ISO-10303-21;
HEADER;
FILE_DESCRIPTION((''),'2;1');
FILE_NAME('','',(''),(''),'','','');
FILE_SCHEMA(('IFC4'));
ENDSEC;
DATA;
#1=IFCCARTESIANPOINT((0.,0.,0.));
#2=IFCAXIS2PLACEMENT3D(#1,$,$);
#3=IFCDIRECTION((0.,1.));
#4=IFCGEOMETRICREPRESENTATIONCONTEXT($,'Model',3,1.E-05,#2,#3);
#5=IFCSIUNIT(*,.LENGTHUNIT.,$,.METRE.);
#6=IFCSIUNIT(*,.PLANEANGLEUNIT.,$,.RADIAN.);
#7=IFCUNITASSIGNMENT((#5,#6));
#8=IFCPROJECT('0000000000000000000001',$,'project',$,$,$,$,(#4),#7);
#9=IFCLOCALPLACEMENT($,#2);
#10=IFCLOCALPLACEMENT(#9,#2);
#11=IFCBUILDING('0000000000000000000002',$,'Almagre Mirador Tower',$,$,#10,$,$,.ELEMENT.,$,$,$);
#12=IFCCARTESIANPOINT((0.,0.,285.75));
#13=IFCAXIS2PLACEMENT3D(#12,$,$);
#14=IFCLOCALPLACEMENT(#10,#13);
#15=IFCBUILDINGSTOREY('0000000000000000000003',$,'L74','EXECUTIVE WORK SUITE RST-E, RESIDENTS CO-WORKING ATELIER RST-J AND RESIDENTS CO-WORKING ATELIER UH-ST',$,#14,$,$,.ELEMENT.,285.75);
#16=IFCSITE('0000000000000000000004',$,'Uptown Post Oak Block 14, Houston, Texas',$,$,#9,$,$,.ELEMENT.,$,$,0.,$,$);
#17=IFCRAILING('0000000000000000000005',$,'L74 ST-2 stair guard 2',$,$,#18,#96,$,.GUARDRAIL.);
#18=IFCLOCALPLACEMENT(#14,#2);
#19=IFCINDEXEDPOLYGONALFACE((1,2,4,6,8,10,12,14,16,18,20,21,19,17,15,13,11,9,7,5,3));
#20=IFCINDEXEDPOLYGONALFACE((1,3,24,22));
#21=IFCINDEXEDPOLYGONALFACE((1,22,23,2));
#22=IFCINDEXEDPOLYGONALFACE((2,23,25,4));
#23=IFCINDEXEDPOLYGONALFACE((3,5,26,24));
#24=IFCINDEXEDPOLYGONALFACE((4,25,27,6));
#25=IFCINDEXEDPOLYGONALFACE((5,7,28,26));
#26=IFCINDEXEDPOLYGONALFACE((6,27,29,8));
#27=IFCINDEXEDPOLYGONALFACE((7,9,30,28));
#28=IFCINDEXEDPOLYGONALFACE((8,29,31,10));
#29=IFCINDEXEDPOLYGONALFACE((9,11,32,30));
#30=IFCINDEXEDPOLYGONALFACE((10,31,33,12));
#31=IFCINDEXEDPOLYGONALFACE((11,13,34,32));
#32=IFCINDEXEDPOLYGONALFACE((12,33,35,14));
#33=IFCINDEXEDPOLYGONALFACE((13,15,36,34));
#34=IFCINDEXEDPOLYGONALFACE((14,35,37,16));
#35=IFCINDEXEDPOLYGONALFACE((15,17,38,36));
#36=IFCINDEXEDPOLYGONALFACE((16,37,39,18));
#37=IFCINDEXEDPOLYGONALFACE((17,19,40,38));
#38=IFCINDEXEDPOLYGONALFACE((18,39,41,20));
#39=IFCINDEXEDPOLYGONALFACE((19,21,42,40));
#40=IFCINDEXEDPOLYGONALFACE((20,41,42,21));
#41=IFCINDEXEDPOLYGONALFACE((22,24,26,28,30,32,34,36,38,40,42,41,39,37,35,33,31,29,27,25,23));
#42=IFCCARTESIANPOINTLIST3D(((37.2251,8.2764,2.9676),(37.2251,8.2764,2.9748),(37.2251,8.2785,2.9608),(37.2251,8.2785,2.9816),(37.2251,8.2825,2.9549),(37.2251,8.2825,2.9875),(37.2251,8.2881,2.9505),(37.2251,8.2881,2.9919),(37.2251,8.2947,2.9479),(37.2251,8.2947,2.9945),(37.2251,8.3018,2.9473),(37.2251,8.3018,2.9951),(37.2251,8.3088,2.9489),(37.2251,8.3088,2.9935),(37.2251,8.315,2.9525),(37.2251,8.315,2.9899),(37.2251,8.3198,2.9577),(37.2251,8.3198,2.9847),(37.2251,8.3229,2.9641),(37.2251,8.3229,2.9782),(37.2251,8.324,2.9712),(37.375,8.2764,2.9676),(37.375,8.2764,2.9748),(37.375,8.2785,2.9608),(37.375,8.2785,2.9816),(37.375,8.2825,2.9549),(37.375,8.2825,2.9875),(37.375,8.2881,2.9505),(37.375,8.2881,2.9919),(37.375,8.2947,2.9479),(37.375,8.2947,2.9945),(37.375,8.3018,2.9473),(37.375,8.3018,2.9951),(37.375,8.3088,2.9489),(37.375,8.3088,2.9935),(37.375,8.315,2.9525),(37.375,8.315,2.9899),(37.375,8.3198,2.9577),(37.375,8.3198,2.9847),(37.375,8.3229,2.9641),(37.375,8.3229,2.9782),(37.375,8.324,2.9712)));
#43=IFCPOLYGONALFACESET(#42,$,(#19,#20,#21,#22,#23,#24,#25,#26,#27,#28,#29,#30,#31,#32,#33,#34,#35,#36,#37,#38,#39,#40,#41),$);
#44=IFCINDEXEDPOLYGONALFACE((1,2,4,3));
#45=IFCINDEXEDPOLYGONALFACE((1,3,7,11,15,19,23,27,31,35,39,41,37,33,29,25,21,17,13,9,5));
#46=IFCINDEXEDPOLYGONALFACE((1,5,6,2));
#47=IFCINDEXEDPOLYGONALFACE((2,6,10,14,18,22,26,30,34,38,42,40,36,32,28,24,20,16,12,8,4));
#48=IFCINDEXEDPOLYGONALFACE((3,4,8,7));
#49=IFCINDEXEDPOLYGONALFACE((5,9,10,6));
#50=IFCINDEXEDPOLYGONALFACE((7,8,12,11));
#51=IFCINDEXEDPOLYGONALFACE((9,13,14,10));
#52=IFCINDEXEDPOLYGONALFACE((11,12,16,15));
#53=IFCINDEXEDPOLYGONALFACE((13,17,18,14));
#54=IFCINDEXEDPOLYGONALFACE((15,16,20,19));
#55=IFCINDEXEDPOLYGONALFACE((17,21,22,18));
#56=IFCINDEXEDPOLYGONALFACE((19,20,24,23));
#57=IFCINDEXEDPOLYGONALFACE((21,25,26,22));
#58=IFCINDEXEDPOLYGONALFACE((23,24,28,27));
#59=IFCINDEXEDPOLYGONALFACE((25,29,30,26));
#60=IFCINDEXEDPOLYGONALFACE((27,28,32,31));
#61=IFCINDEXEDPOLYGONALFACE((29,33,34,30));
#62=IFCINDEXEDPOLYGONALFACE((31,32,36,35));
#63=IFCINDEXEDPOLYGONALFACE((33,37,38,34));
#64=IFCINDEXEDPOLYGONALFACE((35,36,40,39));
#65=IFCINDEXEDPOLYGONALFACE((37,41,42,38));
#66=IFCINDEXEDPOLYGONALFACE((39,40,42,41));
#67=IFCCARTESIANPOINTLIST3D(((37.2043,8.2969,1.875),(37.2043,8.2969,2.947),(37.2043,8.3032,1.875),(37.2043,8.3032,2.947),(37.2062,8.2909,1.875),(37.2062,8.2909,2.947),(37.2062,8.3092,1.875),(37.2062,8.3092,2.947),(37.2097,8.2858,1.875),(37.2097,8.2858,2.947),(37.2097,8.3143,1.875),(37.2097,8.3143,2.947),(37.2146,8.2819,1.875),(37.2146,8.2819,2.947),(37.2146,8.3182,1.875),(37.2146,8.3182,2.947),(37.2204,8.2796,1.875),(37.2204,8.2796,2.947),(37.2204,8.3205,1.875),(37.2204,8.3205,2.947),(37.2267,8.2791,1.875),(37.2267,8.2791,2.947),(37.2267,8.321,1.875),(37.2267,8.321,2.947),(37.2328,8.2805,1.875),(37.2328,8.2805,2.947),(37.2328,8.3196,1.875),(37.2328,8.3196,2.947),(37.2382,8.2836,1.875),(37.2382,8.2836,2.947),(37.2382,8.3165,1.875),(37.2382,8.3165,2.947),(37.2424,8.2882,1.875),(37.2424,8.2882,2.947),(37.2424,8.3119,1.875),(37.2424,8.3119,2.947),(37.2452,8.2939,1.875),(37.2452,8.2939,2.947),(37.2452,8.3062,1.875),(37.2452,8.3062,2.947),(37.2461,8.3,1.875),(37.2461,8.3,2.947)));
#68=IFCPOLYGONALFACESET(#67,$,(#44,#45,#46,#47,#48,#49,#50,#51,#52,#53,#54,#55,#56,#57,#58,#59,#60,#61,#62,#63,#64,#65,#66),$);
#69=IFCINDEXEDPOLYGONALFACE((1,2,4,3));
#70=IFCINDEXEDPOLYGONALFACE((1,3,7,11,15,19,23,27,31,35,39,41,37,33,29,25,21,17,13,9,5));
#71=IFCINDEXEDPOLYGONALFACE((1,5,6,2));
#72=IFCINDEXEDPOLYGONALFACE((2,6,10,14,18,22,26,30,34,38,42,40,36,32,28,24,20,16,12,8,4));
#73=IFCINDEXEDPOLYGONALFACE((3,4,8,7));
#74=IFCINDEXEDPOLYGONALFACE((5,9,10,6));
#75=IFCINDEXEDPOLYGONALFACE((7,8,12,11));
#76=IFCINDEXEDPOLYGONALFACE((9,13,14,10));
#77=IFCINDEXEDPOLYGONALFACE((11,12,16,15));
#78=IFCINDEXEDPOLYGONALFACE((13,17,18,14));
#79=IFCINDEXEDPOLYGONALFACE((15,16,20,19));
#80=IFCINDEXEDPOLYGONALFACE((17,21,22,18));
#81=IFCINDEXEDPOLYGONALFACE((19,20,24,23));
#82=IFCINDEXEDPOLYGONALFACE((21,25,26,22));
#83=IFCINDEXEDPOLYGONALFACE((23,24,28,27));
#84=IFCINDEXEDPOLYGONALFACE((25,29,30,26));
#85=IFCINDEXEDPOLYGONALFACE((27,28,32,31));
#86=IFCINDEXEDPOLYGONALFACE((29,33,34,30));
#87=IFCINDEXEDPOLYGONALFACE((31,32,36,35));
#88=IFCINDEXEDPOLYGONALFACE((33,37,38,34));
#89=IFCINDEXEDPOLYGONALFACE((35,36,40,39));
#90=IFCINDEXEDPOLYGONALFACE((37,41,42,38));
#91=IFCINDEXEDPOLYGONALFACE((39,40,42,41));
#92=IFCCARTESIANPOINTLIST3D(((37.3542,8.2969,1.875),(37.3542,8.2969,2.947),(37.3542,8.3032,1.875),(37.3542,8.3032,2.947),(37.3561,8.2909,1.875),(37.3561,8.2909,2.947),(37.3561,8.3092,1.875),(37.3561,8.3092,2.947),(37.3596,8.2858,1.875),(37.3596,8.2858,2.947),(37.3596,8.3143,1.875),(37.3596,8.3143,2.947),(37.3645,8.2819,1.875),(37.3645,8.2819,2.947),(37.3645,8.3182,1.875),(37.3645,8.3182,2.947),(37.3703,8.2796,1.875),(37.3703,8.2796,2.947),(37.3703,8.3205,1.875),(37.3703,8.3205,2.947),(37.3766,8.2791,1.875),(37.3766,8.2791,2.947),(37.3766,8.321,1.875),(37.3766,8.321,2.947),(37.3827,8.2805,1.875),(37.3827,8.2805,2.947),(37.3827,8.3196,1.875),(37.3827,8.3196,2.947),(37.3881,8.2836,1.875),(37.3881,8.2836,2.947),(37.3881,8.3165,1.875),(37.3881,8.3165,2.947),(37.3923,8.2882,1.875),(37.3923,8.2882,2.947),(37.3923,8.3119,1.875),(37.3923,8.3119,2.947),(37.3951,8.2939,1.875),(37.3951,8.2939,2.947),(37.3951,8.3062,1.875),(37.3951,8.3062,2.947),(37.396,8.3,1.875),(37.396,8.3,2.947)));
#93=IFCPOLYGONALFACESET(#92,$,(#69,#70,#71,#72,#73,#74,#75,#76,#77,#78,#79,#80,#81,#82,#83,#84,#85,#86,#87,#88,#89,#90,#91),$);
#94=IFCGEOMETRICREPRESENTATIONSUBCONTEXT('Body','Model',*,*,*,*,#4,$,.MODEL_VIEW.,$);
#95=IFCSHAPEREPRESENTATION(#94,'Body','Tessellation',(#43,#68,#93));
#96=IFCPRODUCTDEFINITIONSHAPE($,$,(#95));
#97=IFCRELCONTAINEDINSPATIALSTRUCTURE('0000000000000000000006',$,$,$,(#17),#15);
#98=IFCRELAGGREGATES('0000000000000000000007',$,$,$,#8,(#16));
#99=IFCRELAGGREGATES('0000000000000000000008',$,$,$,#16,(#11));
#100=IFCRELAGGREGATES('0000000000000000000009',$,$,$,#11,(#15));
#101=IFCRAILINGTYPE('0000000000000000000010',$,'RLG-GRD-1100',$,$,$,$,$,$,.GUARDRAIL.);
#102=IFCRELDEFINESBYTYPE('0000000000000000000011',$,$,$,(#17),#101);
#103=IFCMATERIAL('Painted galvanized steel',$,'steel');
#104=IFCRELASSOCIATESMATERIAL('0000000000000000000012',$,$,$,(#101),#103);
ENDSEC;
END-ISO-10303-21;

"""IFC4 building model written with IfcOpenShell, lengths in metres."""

from ifc_helpers import new_model, si_unit, direction, frame, origin, origin_2d, place, context, subcontext, project, spatial, circle, extrude, material, type_object, element, save


model = new_model("IFC4")

# Units and contexts
model_context = context("Model", 3, precision=1e-05, world=origin(), true_north=direction((0.0, 1.0)))
body_context = subcontext(model_context, "Body", "Model", "MODEL_VIEW")
ifc_project = project(units=[si_unit("LENGTHUNIT", "METRE"), si_unit("PLANEANGLEUNIT", "RADIAN")], contexts=[model_context])

# Site, building, storey
site_placement = place(None, origin())
site = spatial("IfcSite", under=ifc_project, at=site_placement, Name="Uptown Post Oak Block 14, Houston, Texas", CompositionType="ELEMENT", RefElevation=0.0)
building_placement = place(site_placement, origin())
building = spatial("IfcBuilding", under=site, at=building_placement, Name="Almagre Mirador Tower", CompositionType="ELEMENT")
storey_placement = place(building_placement, frame((0.0, 0.0, 285.75)))
storey = spatial("IfcBuildingStorey", under=building, at=storey_placement, Name="L74", Description="EXECUTIVE WORK SUITE RST-E, RESIDENTS CO-WORKING ATELIER RST-J AND RESIDENTS CO-WORKING ATELIER UH-ST", CompositionType="ELEMENT", Elevation=285.75)

# Railing
ifc_material_1 = material(Name="Painted galvanized steel", Category="steel")
railing_type_1 = type_object("IfcRailingType", Name="RLG-GRD-1100", PredefinedType="GUARDRAIL", material=ifc_material_1)
railing_1_placement = place(storey_placement, frame((37.2251, 8.3, 1.875)))
element("IfcRailing", 1, at=railing_1_placement, inside=storey, type_object=railing_type_1, Name="L74 ST-2 stair guard 2", PredefinedType="GUARDRAIL", context=body_context, shape_type="SweptSolid", body=[
    extrude(circle(Radius=0.0239, at=origin_2d()), frame((0.0, 0.0, 1.0962), z_axis=(1.0, 0.0, 0.0), x_axis=(0.0, 1.0, 0.0)), (0.0, 0.0, 1.0), 0.1499),
    extrude(circle(Radius=0.021, at=origin_2d()), origin(), (0.0, 0.0, 1.0), 1.072),
    extrude(circle(Radius=0.021, at=origin_2d()), frame((0.1499, 0.0, 0.0)), (0.0, 0.0, 1.0), 1.072),
])

save(model, "model.ifc")
